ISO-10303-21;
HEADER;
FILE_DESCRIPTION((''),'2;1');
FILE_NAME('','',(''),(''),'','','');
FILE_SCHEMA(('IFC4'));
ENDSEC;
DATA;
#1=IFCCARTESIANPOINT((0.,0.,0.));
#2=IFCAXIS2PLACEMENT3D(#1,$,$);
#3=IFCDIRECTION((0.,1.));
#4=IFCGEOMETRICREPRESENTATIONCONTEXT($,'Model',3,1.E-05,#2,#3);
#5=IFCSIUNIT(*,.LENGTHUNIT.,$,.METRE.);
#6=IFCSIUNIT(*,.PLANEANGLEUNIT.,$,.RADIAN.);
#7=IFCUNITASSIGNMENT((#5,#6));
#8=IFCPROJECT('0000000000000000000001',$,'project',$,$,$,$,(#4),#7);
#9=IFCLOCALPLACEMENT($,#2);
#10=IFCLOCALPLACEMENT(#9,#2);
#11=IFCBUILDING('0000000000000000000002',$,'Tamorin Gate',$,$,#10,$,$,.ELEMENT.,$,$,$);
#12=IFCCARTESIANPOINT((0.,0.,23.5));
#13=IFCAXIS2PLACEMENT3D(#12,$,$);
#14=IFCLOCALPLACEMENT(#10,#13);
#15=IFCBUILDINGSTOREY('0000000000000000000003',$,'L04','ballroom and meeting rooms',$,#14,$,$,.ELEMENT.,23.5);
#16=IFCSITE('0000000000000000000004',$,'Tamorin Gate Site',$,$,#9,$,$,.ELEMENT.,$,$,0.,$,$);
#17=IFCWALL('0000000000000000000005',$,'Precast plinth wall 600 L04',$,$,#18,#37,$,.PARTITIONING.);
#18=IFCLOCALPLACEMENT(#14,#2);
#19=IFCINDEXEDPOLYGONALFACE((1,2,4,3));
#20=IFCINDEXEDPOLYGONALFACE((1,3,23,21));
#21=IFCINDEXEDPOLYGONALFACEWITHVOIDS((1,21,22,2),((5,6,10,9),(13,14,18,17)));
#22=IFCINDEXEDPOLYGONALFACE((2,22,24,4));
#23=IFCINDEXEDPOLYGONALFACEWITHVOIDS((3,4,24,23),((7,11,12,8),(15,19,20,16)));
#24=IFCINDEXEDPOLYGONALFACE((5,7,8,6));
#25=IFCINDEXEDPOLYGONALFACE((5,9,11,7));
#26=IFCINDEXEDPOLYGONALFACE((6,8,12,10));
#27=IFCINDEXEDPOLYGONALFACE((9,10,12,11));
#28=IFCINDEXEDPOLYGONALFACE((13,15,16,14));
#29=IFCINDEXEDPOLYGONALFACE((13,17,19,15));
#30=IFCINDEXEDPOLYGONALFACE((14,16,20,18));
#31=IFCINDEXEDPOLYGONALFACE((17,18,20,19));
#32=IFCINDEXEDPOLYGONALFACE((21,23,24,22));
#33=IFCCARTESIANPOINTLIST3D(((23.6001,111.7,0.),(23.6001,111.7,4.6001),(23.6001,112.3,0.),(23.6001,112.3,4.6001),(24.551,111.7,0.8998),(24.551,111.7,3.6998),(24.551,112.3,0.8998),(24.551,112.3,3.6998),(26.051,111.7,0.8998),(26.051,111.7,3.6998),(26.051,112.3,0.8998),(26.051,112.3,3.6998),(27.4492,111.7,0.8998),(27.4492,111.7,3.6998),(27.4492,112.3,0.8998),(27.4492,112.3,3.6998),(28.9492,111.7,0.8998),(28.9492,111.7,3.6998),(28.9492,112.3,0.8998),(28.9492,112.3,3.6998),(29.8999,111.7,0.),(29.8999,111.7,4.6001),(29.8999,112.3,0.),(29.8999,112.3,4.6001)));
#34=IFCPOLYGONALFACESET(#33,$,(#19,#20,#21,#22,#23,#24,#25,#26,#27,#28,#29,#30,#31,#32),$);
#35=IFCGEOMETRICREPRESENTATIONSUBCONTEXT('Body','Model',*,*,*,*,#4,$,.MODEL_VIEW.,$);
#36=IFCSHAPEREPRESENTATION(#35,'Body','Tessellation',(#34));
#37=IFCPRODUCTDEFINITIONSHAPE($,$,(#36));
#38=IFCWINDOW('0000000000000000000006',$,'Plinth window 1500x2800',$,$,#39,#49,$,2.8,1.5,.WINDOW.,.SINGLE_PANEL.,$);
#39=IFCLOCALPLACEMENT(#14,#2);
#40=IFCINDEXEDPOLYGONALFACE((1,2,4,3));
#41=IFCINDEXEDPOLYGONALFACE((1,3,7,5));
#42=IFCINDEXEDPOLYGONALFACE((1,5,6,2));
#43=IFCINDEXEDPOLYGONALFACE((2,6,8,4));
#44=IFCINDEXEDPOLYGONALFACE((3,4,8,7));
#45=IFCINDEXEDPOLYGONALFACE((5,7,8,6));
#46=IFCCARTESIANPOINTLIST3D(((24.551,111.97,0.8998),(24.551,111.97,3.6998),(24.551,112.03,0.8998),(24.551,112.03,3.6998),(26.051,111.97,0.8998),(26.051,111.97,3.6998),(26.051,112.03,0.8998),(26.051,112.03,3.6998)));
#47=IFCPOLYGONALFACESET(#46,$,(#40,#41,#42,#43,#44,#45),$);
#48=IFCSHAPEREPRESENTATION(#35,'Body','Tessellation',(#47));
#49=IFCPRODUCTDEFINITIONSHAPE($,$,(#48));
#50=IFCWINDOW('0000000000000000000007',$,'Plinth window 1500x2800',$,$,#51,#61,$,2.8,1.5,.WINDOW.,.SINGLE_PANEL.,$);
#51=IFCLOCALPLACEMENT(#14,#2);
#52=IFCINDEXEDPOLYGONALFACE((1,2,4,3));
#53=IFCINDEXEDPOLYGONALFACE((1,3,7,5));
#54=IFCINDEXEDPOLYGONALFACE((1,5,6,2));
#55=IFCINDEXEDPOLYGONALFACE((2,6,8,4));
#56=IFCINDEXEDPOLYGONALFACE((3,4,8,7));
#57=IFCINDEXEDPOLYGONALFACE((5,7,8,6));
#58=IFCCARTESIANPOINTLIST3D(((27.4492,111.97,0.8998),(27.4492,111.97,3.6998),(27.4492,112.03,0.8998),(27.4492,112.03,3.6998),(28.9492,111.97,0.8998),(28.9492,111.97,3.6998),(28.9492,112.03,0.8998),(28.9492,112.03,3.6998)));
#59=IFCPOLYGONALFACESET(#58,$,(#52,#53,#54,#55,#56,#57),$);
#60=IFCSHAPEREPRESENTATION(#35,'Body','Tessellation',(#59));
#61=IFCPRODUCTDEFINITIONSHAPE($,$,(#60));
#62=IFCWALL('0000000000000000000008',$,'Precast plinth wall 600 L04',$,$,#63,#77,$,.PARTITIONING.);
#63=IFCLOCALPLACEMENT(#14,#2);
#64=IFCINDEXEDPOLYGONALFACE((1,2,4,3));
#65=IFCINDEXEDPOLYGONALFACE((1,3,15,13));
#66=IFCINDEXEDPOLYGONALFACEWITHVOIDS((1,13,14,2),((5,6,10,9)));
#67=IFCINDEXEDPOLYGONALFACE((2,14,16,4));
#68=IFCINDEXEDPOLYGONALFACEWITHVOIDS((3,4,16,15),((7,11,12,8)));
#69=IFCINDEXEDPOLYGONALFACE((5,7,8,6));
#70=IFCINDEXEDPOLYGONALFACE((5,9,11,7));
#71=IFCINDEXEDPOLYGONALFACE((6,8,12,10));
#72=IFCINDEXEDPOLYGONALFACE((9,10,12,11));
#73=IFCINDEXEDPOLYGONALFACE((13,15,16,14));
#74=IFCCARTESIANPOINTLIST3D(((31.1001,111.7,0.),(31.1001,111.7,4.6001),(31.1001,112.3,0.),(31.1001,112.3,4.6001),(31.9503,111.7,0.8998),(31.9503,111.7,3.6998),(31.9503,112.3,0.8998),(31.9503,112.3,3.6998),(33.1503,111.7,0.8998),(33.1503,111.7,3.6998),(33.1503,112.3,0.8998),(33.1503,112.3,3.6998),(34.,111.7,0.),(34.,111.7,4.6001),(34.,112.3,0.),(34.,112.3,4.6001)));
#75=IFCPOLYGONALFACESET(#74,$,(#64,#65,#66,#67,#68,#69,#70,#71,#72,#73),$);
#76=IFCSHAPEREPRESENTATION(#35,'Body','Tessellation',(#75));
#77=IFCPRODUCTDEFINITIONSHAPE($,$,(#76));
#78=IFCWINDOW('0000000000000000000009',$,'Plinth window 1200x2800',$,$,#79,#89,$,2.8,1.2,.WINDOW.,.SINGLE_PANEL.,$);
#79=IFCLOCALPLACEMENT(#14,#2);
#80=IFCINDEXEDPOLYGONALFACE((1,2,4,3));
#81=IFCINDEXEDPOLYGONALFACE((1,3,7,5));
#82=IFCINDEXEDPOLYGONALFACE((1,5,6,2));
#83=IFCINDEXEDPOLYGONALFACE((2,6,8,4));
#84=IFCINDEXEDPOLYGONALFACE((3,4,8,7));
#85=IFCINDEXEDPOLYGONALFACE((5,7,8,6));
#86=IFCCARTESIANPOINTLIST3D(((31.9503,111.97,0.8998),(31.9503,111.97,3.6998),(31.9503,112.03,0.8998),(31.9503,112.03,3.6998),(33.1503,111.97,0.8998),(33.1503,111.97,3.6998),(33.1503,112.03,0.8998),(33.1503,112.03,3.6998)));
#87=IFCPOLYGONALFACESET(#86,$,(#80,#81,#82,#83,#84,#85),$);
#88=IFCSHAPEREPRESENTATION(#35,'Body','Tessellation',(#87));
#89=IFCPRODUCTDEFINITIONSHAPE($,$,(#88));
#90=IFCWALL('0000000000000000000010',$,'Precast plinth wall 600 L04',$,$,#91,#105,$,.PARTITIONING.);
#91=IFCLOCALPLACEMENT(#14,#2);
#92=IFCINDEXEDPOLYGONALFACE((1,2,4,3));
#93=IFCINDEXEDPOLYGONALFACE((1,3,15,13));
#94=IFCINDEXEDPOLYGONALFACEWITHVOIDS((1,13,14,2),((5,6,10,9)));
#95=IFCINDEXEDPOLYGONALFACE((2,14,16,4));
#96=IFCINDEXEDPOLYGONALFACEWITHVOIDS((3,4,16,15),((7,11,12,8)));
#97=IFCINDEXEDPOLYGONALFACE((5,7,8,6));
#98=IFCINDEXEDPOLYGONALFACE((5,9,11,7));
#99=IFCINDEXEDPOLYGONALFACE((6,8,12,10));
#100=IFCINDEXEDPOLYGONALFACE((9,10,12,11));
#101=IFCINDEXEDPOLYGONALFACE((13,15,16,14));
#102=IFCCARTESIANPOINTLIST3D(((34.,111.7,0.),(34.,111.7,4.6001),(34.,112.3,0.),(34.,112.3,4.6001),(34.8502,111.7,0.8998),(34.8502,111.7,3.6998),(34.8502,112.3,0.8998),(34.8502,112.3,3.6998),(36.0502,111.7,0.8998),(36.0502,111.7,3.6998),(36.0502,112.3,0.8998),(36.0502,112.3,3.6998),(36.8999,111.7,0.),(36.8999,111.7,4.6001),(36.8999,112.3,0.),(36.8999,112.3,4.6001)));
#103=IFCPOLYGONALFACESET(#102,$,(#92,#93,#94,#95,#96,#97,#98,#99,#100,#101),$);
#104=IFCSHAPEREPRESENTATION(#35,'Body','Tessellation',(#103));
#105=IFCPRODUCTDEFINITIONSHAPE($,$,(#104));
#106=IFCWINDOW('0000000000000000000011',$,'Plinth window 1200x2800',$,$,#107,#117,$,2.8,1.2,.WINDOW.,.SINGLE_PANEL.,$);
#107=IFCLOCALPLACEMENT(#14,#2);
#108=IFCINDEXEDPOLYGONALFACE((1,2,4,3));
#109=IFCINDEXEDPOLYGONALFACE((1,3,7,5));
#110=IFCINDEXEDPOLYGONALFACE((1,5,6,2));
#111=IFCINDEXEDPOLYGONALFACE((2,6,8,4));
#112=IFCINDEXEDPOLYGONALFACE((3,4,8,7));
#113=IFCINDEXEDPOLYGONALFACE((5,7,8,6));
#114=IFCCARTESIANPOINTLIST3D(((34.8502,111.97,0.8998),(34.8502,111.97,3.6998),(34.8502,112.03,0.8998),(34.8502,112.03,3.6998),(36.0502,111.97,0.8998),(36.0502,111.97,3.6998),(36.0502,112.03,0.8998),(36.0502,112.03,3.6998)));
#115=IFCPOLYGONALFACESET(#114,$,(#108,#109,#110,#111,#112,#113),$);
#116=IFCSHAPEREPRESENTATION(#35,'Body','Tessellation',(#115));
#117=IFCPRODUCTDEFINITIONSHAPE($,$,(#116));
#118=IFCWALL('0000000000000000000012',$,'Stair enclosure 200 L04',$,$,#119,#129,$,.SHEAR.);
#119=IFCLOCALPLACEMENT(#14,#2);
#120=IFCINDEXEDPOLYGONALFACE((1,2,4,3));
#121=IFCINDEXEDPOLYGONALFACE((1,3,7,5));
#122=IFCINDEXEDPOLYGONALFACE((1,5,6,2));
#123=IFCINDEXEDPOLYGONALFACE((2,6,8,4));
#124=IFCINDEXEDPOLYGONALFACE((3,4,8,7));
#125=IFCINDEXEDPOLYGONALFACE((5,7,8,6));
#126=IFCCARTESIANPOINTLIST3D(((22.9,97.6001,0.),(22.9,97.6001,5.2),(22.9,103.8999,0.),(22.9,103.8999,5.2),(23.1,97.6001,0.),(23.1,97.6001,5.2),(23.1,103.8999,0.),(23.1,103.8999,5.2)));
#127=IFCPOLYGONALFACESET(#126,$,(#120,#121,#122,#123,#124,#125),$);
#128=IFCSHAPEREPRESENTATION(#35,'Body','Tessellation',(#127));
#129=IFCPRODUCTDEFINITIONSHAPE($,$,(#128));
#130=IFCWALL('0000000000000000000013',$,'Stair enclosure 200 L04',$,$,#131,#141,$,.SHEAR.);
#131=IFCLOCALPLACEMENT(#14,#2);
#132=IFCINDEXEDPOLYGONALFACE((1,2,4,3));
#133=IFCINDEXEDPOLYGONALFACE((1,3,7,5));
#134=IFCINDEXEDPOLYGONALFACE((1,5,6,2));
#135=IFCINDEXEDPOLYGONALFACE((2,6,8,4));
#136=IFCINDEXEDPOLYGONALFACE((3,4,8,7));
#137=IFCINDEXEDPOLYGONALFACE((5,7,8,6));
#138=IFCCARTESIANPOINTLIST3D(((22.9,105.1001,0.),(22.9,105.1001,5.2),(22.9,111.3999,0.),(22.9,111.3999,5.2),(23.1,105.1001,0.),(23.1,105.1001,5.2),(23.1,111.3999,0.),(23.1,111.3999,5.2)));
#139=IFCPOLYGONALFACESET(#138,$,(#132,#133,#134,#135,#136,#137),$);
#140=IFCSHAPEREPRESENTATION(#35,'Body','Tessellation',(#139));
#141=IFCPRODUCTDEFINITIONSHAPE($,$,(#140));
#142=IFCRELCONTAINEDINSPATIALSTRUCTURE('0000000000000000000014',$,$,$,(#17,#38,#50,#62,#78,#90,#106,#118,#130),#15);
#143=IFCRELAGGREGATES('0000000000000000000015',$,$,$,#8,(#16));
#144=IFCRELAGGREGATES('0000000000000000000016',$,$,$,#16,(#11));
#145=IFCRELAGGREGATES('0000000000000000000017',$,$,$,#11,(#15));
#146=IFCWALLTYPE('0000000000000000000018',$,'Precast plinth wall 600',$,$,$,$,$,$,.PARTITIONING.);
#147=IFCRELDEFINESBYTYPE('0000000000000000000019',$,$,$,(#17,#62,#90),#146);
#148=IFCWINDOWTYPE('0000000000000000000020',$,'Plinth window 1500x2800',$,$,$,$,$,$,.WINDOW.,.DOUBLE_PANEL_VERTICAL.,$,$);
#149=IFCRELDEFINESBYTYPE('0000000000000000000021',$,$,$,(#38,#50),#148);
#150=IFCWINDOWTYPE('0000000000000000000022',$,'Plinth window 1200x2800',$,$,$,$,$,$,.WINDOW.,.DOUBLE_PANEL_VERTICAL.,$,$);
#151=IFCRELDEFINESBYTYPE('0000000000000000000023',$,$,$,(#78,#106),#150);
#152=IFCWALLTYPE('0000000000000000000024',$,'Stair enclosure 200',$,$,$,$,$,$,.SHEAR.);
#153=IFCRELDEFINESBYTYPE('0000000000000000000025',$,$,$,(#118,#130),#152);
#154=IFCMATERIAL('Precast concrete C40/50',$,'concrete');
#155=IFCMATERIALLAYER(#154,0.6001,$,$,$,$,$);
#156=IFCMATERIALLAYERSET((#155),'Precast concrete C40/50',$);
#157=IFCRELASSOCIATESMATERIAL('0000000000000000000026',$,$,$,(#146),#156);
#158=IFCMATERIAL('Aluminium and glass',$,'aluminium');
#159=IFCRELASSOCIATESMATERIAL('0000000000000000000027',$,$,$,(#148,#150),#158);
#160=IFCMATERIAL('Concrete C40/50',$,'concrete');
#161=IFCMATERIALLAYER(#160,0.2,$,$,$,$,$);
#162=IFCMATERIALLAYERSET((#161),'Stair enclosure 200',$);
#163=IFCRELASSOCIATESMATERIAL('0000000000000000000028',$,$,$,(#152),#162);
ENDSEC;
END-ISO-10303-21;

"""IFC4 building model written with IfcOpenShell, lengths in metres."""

from ifc_helpers import new_model, si_unit, direction, frame, frame_2d, origin, place, context, subcontext, project, spatial, rectangle, extrude, material, layer, layer_set, type_object, element, fill, save


model = new_model("IFC4")

# Units and contexts
model_context = context("Model", 3, precision=1e-05, world=origin(), true_north=direction((0.0, 1.0)))
body_context = subcontext(model_context, "Body", "Model", "MODEL_VIEW")
ifc_project = project(units=[si_unit("LENGTHUNIT", "METRE"), si_unit("PLANEANGLEUNIT", "RADIAN")], contexts=[model_context])

# Site, building, storey
site_placement = place(None, origin())
site = spatial("IfcSite", under=ifc_project, at=site_placement, Name="Tamorin Gate Site", CompositionType="ELEMENT", RefElevation=0.0)
building_placement = place(site_placement, origin())
building = spatial("IfcBuilding", under=site, at=building_placement, Name="Tamorin Gate", CompositionType="ELEMENT")
storey_placement = place(building_placement, frame((0.0, 0.0, 23.5)))
storey = spatial("IfcBuildingStorey", under=building, at=storey_placement, Name="L04", Description="ballroom and meeting rooms", CompositionType="ELEMENT", Elevation=23.5)

# Wall, openings, windows
ifc_material_1 = material(Name="Precast concrete C40/50", Category="concrete")
ifc_layer_1 = layer(ifc_material_1, 0.6001)
ifc_layer_set_1 = layer_set([ifc_layer_1], Name="Precast concrete C40/50")
wall_type_1 = type_object("IfcWallType", Name="Precast plinth wall 600", PredefinedType="PARTITIONING", material=ifc_layer_set_1)
wall_1_placement = place(storey_placement, frame((23.6001, 112.0, 0.0), z_axis=(0.0, 0.0, 1.0), x_axis=(1.0, 0.0, 0.0)))
wall_1 = element("IfcWall", 1, at=wall_1_placement, inside=storey, type_object=wall_type_1, Name="Precast plinth wall 600 L04", PredefinedType="PARTITIONING", context=body_context, shape_type="SweptSolid", body=[
    extrude(rectangle(XDim=6.2998, YDim=0.6001, at=frame_2d((3.1499, 0.0))), origin(), (0.0, 0.0, 1.0), 4.6001),
])
opening_1_placement = place(wall_1_placement, frame((0.9509, 0.0, 0.8999)))
opening_1 = element("IfcOpeningElement", 2, at=opening_1_placement, cuts=wall_1, PredefinedType="OPENING", context=body_context, shape_type="SweptSolid", body=[
    extrude(rectangle(XDim=1.5, YDim=2.8, at=frame_2d((0.75, 1.3999))), frame((0.0, 0.3101, 0.0), z_axis=(0.0, -1.0, 0.0), x_axis=(1.0, 0.0, 0.0)), (0.0, 0.0, 1.0), 0.6201),
])
opening_2_placement = place(wall_1_placement, frame((3.8491, 0.0, 0.8999)))
opening_2 = element("IfcOpeningElement", 3, at=opening_2_placement, cuts=wall_1, PredefinedType="OPENING", context=body_context, shape_type="SweptSolid", body=[
    extrude(rectangle(XDim=1.5, YDim=2.8, at=frame_2d((0.75, 1.3999))), frame((0.0, 0.3101, 0.0), z_axis=(0.0, -1.0, 0.0), x_axis=(1.0, 0.0, 0.0)), (0.0, 0.0, 1.0), 0.6201),
])
ifc_material_2 = material(Name="Aluminium and glass", Category="aluminium")
window_type_1 = type_object("IfcWindowType", Name="Plinth window 1500x2800", PartitioningType="DOUBLE_PANEL_VERTICAL", PredefinedType="WINDOW", material=ifc_material_2)
window_1_placement = place(opening_1_placement, origin())
window_1 = element("IfcWindow", 4, at=window_1_placement, inside=storey, type_object=window_type_1, Name="Plinth window 1500x2800", OverallHeight=2.8, OverallWidth=1.5, PartitioningType="SINGLE_PANEL", PredefinedType="WINDOW", context=body_context, shape_type="SweptSolid", body=[
    extrude(rectangle(XDim=1.5, YDim=2.8, at=frame_2d((0.75, 1.3999))), frame((0.0, 0.03, 0.0), z_axis=(0.0, -1.0, 0.0), x_axis=(1.0, 0.0, 0.0)), (0.0, 0.0, 1.0), 0.0601),
])
fill(opening_1, window_1)
window_2_placement = place(opening_2_placement, origin())
window_2 = element("IfcWindow", 5, at=window_2_placement, inside=storey, type_object=window_type_1, Name="Plinth window 1500x2800", OverallHeight=2.8, OverallWidth=1.5, PartitioningType="SINGLE_PANEL", PredefinedType="WINDOW", context=body_context, shape_type="SweptSolid", body=[
    extrude(rectangle(XDim=1.5, YDim=2.8, at=frame_2d((0.75, 1.3999))), frame((0.0, 0.03, 0.0), z_axis=(0.0, -1.0, 0.0), x_axis=(1.0, 0.0, 0.0)), (0.0, 0.0, 1.0), 0.0601),
])
fill(opening_2, window_2)

# Walls, openings, windows
wall_2_placement = place(storey_placement, frame((31.1001, 112.0, 0.0), z_axis=(0.0, 0.0, 1.0), x_axis=(1.0, 0.0, 0.0)))
wall_2 = element("IfcWall", 6, at=wall_2_placement, inside=storey, type_object=wall_type_1, Name="Precast plinth wall 600 L04", PredefinedType="PARTITIONING", context=body_context, shape_type="SweptSolid", body=[
    extrude(rectangle(XDim=2.8999, YDim=0.6001, at=frame_2d((1.45, 0.0))), origin(), (0.0, 0.0, 1.0), 4.6001),
])
opening_3_placement = place(wall_2_placement, frame((0.8501, 0.0, 0.8999)))
opening_3 = element("IfcOpeningElement", 7, at=opening_3_placement, cuts=wall_2, PredefinedType="OPENING", context=body_context, shape_type="SweptSolid", body=[
    extrude(rectangle(XDim=1.2, YDim=2.8, at=frame_2d((0.6001, 1.3999))), frame((0.0, 0.3101, 0.0), z_axis=(0.0, -1.0, 0.0), x_axis=(1.0, 0.0, 0.0)), (0.0, 0.0, 1.0), 0.6201),
])
window_type_2 = type_object("IfcWindowType", Name="Plinth window 1200x2800", PartitioningType="DOUBLE_PANEL_VERTICAL", PredefinedType="WINDOW", material=ifc_material_2)
window_3_placement = place(opening_3_placement, origin())
window_3 = element("IfcWindow", 8, at=window_3_placement, inside=storey, type_object=window_type_2, Name="Plinth window 1200x2800", OverallHeight=2.8, OverallWidth=1.2, PartitioningType="SINGLE_PANEL", PredefinedType="WINDOW", context=body_context, shape_type="SweptSolid", body=[
    extrude(rectangle(XDim=1.2, YDim=2.8, at=frame_2d((0.6001, 1.3999))), frame((0.0, 0.03, 0.0), z_axis=(0.0, -1.0, 0.0), x_axis=(1.0, 0.0, 0.0)), (0.0, 0.0, 1.0), 0.0601),
])
fill(opening_3, window_3)
wall_3_placement = place(storey_placement, frame((34.0, 112.0, 0.0), z_axis=(0.0, 0.0, 1.0), x_axis=(1.0, 0.0, 0.0)))
wall_3 = element("IfcWall", 9, at=wall_3_placement, inside=storey, type_object=wall_type_1, Name="Precast plinth wall 600 L04", PredefinedType="PARTITIONING", context=body_context, shape_type="SweptSolid", body=[
    extrude(rectangle(XDim=2.8999, YDim=0.6001, at=frame_2d((1.45, 0.0))), origin(), (0.0, 0.0, 1.0), 4.6001),
])
opening_4_placement = place(wall_3_placement, frame((0.8501, 0.0, 0.8999)))
opening_4 = element("IfcOpeningElement", 10, at=opening_4_placement, cuts=wall_3, PredefinedType="OPENING", context=body_context, shape_type="SweptSolid", body=[
    extrude(rectangle(XDim=1.2, YDim=2.8, at=frame_2d((0.6001, 1.3999))), frame((0.0, 0.3101, 0.0), z_axis=(0.0, -1.0, 0.0), x_axis=(1.0, 0.0, 0.0)), (0.0, 0.0, 1.0), 0.6201),
])
window_4_placement = place(opening_4_placement, origin())
window_4 = element("IfcWindow", 11, at=window_4_placement, inside=storey, type_object=window_type_2, Name="Plinth window 1200x2800", OverallHeight=2.8, OverallWidth=1.2, PartitioningType="SINGLE_PANEL", PredefinedType="WINDOW", context=body_context, shape_type="SweptSolid", body=[
    extrude(rectangle(XDim=1.2, YDim=2.8, at=frame_2d((0.6001, 1.3999))), frame((0.0, 0.03, 0.0), z_axis=(0.0, -1.0, 0.0), x_axis=(1.0, 0.0, 0.0)), (0.0, 0.0, 1.0), 0.0601),
])
fill(opening_4, window_4)

# Walls
ifc_material_3 = material(Name="Concrete C40/50", Category="concrete")
ifc_layer_2 = layer(ifc_material_3, 0.2)
ifc_layer_set_2 = layer_set([ifc_layer_2], Name="Stair enclosure 200")
wall_type_2 = type_object("IfcWallType", Name="Stair enclosure 200", PredefinedType="SHEAR", material=ifc_layer_set_2)
for number, where, z_axis, x_axis, name in (
    (12, (23.0, 97.6001, 0.0), (0.0, 0.0, 1.0), (0.0, 1.0, 0.0), "Stair enclosure 200 L04"),
    (13, (23.0, 105.1001, 0.0), (0.0, 0.0, 1.0), (0.0, 1.0, 0.0), "Stair enclosure 200 L04"),
):
    element("IfcWall", number, at=place(storey_placement, frame(where, z_axis=z_axis, x_axis=x_axis)), inside=storey, type_object=wall_type_2, Name=name, PredefinedType="SHEAR", context=body_context, shape_type="SweptSolid", body=[
        extrude(rectangle(XDim=6.2998, YDim=0.2, at=frame_2d((3.1499, 0.0))), origin(), (0.0, 0.0, 1.0), 5.2),
    ])

save(model, "model.ifc")
